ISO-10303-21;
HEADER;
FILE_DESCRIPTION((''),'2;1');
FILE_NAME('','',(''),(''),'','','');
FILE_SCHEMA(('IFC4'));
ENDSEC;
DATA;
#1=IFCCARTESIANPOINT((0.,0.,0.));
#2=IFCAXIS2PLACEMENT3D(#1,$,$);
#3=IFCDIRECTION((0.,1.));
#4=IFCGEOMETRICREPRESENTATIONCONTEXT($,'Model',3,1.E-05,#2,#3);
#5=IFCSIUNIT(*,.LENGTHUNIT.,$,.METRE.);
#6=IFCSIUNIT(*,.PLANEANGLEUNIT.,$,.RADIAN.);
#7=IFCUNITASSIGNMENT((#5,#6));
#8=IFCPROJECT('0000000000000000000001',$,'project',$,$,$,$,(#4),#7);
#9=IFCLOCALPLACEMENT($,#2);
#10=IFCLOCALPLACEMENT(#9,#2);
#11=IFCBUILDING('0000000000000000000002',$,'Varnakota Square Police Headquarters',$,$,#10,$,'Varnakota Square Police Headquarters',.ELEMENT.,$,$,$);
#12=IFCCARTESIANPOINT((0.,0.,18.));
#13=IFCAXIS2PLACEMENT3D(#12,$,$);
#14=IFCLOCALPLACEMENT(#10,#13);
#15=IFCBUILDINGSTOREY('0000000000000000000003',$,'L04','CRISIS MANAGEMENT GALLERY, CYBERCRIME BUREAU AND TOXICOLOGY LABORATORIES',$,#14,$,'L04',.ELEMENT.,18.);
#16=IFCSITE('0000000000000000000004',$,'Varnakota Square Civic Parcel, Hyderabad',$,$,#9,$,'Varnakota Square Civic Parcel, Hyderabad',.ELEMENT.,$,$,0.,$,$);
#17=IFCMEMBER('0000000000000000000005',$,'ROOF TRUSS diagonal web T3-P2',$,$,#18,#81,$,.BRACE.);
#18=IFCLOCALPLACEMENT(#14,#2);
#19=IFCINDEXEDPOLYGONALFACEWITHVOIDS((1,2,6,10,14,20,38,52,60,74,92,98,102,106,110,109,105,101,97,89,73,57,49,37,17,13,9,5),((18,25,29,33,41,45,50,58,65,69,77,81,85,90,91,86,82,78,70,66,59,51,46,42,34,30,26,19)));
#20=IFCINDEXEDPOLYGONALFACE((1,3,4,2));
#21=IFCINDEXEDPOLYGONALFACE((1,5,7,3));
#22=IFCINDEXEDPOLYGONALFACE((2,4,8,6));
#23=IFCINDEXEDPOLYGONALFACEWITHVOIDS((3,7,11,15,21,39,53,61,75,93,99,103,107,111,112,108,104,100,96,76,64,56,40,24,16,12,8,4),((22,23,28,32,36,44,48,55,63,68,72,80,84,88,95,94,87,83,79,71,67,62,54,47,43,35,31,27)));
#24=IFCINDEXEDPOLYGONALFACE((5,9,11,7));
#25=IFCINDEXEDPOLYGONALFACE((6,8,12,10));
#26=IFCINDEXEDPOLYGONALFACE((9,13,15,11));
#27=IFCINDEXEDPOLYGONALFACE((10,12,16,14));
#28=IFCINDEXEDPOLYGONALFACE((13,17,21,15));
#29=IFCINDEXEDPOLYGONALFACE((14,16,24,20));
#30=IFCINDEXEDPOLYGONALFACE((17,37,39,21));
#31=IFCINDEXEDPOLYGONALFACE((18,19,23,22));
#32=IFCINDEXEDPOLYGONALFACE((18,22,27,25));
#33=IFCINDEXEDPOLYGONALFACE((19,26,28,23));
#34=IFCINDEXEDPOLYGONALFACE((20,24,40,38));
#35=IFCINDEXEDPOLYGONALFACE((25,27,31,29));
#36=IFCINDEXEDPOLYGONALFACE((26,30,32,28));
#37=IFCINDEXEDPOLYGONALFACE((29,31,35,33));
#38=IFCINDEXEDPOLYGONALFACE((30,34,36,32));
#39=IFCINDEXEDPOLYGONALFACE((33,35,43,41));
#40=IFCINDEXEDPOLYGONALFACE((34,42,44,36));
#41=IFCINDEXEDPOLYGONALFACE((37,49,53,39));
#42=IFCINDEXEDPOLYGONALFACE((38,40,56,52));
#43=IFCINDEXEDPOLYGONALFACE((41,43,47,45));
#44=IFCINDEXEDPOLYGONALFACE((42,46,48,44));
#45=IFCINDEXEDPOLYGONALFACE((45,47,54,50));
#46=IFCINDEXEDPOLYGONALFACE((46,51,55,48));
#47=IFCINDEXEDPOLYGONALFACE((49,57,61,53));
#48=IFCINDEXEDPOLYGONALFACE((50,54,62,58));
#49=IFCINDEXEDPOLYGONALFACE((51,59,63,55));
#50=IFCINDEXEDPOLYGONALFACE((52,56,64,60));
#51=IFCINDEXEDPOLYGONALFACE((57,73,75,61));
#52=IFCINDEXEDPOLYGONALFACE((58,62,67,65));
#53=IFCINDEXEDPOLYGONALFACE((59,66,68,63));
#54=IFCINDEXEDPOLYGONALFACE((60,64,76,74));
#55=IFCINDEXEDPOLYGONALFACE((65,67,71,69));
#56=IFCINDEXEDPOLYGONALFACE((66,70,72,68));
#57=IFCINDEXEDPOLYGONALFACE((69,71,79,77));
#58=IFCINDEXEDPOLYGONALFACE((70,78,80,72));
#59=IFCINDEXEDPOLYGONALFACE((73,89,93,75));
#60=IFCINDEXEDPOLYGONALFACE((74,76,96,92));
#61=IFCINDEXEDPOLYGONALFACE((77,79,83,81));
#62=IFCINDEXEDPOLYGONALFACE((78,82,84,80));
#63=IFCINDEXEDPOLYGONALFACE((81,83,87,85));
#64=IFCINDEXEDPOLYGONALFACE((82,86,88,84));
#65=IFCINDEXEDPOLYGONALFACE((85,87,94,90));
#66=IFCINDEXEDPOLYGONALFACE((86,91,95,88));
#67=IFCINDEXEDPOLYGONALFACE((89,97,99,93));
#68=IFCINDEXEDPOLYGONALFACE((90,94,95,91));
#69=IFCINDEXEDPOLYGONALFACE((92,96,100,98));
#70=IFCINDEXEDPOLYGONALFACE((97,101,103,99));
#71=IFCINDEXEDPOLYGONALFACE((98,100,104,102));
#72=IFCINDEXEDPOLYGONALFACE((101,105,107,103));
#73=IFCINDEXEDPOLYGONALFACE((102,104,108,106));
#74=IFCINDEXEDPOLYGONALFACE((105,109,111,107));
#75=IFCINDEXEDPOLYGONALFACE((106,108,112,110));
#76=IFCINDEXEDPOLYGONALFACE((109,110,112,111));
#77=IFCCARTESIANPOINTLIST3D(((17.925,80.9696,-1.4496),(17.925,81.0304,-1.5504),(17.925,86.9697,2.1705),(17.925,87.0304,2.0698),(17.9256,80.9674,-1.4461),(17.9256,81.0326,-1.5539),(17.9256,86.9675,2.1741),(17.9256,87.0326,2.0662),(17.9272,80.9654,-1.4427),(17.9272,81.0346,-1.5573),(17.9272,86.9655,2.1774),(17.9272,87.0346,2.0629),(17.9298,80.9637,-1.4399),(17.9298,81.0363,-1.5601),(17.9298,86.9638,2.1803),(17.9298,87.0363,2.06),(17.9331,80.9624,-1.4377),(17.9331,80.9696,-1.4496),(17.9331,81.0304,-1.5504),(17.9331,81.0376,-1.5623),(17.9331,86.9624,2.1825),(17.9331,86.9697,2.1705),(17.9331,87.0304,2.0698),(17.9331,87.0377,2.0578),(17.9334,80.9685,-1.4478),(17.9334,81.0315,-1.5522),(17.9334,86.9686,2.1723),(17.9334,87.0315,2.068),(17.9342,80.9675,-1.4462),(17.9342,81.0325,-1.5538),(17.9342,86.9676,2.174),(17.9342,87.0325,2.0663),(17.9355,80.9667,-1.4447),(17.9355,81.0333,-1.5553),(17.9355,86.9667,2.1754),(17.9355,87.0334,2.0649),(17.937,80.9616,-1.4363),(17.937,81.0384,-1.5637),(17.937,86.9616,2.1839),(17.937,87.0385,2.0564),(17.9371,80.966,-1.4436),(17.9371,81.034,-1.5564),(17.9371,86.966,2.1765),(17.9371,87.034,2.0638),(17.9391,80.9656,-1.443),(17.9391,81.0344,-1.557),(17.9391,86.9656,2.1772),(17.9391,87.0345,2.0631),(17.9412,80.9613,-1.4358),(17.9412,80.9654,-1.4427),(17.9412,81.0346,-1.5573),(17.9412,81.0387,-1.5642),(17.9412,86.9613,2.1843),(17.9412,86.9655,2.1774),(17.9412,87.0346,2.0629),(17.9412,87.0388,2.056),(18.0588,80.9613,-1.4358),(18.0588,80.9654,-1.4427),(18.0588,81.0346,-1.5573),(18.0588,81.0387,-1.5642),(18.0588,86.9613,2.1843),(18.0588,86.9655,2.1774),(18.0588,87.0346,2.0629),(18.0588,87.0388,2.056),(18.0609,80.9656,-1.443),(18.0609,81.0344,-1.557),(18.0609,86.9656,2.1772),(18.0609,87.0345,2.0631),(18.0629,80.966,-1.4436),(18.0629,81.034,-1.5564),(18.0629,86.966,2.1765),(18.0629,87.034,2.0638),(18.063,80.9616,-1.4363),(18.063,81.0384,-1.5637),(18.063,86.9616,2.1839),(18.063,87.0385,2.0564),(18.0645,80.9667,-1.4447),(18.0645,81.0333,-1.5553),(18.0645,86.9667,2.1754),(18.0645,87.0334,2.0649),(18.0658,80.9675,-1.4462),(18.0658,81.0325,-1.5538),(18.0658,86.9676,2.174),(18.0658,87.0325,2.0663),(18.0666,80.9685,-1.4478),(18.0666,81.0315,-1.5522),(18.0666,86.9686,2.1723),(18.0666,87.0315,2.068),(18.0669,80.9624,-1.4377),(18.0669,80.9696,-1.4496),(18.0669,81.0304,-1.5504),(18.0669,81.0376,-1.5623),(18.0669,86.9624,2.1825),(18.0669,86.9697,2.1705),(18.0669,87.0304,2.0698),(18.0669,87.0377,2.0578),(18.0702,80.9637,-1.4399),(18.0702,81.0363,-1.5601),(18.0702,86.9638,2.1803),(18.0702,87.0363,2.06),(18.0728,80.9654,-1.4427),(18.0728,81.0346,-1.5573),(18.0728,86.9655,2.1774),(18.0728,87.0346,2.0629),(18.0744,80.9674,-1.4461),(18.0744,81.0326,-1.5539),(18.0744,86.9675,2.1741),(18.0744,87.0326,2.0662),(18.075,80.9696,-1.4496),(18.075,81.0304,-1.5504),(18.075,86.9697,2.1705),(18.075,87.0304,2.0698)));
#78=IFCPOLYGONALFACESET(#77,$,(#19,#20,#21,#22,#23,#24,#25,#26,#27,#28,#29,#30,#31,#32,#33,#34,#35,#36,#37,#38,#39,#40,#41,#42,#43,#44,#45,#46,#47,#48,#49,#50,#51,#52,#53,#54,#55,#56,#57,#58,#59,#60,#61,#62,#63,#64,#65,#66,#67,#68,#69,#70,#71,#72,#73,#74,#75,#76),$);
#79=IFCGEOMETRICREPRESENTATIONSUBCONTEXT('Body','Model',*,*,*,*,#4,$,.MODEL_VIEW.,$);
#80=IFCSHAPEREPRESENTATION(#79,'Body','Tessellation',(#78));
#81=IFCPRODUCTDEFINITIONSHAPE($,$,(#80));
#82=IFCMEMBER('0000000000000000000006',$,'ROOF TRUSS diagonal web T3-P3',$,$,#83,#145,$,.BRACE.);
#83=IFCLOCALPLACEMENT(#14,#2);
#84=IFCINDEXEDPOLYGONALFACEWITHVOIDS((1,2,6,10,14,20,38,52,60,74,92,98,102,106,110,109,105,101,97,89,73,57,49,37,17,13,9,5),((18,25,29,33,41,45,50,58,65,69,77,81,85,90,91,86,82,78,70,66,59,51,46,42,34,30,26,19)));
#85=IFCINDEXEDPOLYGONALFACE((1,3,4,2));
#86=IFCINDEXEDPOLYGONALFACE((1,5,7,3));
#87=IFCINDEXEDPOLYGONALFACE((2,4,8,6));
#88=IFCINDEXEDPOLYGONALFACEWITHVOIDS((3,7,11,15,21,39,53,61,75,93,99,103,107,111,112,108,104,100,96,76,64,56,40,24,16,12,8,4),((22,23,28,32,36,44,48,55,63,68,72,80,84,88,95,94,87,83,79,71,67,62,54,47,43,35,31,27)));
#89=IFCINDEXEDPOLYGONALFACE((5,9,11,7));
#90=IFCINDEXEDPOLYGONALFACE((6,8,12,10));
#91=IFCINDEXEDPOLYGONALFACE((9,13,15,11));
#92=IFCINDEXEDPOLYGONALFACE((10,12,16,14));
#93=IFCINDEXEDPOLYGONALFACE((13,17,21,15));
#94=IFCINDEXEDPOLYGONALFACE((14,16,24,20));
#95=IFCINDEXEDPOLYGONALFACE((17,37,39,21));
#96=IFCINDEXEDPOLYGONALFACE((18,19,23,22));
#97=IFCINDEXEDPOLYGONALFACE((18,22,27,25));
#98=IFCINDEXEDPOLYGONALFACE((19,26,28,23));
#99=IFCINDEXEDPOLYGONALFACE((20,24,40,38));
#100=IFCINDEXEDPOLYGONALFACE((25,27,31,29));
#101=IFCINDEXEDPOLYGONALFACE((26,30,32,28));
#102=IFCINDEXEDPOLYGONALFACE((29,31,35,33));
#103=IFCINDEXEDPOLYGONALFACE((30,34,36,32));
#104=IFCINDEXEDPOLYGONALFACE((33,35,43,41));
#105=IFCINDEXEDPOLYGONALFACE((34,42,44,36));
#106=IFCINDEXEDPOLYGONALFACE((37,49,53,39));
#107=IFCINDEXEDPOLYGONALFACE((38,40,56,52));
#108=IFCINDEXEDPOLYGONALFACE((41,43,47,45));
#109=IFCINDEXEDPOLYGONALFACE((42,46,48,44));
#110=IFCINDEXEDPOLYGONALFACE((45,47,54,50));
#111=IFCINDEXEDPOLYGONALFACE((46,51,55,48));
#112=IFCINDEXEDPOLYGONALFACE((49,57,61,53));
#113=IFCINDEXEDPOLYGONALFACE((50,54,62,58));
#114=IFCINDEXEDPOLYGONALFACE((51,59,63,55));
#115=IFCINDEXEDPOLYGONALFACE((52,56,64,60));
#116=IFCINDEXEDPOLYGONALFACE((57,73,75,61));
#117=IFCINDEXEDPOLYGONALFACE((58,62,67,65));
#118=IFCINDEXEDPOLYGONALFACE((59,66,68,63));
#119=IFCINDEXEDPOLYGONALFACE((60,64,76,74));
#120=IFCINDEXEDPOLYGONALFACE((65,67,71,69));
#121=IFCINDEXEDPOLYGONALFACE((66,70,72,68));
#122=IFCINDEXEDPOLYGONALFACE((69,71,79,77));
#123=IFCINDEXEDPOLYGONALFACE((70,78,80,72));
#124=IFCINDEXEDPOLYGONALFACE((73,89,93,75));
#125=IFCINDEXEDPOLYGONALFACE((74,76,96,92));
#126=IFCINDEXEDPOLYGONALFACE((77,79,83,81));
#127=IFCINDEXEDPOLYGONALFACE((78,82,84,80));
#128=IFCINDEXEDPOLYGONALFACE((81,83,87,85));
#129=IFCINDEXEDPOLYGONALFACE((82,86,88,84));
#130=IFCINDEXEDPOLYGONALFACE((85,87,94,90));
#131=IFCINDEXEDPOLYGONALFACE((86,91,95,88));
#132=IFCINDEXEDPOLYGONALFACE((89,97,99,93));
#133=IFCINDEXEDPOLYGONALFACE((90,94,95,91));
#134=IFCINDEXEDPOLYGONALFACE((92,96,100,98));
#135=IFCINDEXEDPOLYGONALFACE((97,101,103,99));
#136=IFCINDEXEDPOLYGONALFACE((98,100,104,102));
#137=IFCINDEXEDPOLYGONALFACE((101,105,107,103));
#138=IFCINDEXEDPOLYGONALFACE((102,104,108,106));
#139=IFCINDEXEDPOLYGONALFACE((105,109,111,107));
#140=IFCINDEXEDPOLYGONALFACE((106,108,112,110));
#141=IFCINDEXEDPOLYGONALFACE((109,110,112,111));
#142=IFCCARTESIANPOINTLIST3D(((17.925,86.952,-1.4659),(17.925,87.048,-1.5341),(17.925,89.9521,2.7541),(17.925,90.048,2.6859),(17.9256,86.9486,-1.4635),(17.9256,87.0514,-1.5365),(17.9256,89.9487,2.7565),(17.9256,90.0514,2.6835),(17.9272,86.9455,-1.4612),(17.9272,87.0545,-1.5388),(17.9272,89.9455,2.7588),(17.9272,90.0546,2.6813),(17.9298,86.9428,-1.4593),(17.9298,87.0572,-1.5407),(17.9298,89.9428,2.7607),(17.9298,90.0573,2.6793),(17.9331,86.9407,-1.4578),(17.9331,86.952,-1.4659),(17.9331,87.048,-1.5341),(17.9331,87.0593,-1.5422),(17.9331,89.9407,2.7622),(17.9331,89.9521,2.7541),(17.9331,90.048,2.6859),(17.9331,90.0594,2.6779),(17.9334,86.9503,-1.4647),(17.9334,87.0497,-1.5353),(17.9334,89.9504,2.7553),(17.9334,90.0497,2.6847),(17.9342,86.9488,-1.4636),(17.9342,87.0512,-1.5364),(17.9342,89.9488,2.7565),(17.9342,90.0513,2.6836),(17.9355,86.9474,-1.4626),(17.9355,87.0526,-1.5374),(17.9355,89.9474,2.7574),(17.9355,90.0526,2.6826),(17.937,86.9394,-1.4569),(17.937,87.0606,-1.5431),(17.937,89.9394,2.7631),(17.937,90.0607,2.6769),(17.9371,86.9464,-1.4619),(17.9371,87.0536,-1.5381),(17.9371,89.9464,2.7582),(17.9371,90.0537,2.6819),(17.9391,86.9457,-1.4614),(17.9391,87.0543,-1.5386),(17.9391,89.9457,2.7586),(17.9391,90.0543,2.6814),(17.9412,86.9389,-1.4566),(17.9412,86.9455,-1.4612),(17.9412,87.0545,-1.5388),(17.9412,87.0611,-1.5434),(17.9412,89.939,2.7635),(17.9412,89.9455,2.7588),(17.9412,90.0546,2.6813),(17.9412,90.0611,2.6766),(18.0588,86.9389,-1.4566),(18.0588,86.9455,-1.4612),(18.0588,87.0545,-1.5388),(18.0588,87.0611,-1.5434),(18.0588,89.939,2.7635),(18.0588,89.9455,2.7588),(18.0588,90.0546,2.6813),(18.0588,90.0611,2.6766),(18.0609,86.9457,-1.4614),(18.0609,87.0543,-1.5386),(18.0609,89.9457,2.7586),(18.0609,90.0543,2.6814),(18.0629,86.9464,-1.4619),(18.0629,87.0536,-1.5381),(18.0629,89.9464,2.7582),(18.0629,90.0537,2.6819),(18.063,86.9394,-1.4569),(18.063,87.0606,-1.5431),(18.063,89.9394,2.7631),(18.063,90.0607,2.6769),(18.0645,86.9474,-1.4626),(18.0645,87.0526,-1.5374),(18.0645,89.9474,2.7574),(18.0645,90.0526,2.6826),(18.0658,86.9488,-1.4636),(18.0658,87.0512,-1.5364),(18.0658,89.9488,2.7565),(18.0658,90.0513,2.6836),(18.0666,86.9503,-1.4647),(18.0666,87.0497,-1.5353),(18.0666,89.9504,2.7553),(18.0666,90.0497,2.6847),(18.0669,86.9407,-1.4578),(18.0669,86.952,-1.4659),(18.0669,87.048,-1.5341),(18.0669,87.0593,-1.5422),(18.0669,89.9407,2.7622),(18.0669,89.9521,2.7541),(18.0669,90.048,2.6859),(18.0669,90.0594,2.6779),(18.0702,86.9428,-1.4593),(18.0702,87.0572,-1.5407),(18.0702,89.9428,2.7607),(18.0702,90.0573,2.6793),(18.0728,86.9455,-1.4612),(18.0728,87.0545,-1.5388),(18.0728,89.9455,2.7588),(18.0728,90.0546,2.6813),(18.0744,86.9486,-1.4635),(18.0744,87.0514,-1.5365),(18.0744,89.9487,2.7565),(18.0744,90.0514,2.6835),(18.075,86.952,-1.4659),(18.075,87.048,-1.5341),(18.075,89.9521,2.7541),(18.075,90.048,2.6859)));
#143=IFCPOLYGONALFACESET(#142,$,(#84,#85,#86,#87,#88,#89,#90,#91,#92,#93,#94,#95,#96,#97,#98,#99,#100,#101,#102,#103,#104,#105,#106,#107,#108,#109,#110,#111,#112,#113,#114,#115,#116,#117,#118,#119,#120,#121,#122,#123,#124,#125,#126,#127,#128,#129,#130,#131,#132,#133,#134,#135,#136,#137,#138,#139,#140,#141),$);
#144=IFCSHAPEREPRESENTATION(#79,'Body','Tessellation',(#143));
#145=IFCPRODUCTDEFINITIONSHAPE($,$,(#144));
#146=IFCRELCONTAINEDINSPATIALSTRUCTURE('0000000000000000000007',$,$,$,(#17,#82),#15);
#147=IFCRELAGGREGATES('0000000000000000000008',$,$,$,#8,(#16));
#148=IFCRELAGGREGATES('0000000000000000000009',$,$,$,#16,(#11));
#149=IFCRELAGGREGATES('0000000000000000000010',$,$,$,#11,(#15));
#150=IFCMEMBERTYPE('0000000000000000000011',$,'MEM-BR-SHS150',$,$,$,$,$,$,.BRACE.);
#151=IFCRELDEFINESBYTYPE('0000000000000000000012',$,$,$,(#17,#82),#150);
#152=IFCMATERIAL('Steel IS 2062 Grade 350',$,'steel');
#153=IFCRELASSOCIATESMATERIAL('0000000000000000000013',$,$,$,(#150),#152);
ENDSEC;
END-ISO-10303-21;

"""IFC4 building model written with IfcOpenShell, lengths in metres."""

from ifc_helpers import new_model, si_unit, direction, frame, origin, origin_2d, place, context, subcontext, project, spatial, hollow_rectangle, extrude, material, material_profile, profile_set, type_object, element, save


model = new_model("IFC4")

# Units and contexts
model_context = context("Model", 3, precision=1e-05, world=origin(), true_north=direction((0.0, 1.0)))
body_context = subcontext(model_context, "Body", "Model", "MODEL_VIEW")
ifc_project = project(units=[si_unit("LENGTHUNIT", "METRE"), si_unit("PLANEANGLEUNIT", "RADIAN")], contexts=[model_context])

# Site, building, storey
site_placement = place(None, origin())
site = spatial("IfcSite", under=ifc_project, at=site_placement, Name="Varnakota Square Civic Parcel, Hyderabad", LongName="Varnakota Square Civic Parcel, Hyderabad", CompositionType="ELEMENT", RefElevation=0.0)
building_placement = place(site_placement, origin())
building = spatial("IfcBuilding", under=site, at=building_placement, Name="Varnakota Square Police Headquarters", LongName="Varnakota Square Police Headquarters", CompositionType="ELEMENT")
storey_placement = place(building_placement, frame((0.0, 0.0, 18.0)))
storey = spatial("IfcBuildingStorey", under=building, at=storey_placement, Name="L04", Description="CRISIS MANAGEMENT GALLERY, CYBERCRIME BUREAU AND TOXICOLOGY LABORATORIES", LongName="L04", CompositionType="ELEMENT", Elevation=18.0)

# Shared definitions
ifc_material_1 = material(Name="Steel IS 2062 Grade 350", Category="steel")

# Members
ifc_material_profile_1 = material_profile(ifc_material_1, hollow_rectangle(XDim=0.1499, YDim=0.1499, WallThickness=0.0081, InnerFilletRadius=0.0081, OuterFilletRadius=0.0161, at=origin_2d()), Name="SHS 150x150x8")
ifc_profile_set_1 = profile_set([ifc_material_profile_1], Name="Steel IS 2062 Grade 350")
member_type_1 = type_object("IfcMemberType", Name="MEM-BR-SHS150", PredefinedType="BRACE", material=ifc_profile_set_1)
member_1_placement = place(storey_placement, frame((18.0, 81.0, -1.5), z_axis=(0.0, 0.856224, 0.516605), x_axis=(-1.0, 0.0, 0.0)))
element("IfcMember", 1, at=member_1_placement, inside=storey, type_object=member_type_1, Name="ROOF TRUSS diagonal web T3-P2", PredefinedType="BRACE", context=body_context, shape_type="SweptSolid", body=[
    extrude(hollow_rectangle(XDim=0.1499, YDim=0.1499, WallThickness=0.0081, InnerFilletRadius=0.0081, OuterFilletRadius=0.0161, at=origin_2d()), origin(), (0.0, 0.0, 1.0), 7.0076),
])
member_2_placement = place(storey_placement, frame((18.0, 87.0, -1.5), z_axis=(0.0, 0.579412, 0.815034), x_axis=(-1.0, 0.0, 0.0)))
element("IfcMember", 2, at=member_2_placement, inside=storey, type_object=member_type_1, Name="ROOF TRUSS diagonal web T3-P3", PredefinedType="BRACE", context=body_context, shape_type="SweptSolid", body=[
    extrude(hollow_rectangle(XDim=0.1499, YDim=0.1499, WallThickness=0.0081, InnerFilletRadius=0.0081, OuterFilletRadius=0.0161, at=origin_2d()), origin(), (0.0, 0.0, 1.0), 5.1777),
])

save(model, "model.ifc")
